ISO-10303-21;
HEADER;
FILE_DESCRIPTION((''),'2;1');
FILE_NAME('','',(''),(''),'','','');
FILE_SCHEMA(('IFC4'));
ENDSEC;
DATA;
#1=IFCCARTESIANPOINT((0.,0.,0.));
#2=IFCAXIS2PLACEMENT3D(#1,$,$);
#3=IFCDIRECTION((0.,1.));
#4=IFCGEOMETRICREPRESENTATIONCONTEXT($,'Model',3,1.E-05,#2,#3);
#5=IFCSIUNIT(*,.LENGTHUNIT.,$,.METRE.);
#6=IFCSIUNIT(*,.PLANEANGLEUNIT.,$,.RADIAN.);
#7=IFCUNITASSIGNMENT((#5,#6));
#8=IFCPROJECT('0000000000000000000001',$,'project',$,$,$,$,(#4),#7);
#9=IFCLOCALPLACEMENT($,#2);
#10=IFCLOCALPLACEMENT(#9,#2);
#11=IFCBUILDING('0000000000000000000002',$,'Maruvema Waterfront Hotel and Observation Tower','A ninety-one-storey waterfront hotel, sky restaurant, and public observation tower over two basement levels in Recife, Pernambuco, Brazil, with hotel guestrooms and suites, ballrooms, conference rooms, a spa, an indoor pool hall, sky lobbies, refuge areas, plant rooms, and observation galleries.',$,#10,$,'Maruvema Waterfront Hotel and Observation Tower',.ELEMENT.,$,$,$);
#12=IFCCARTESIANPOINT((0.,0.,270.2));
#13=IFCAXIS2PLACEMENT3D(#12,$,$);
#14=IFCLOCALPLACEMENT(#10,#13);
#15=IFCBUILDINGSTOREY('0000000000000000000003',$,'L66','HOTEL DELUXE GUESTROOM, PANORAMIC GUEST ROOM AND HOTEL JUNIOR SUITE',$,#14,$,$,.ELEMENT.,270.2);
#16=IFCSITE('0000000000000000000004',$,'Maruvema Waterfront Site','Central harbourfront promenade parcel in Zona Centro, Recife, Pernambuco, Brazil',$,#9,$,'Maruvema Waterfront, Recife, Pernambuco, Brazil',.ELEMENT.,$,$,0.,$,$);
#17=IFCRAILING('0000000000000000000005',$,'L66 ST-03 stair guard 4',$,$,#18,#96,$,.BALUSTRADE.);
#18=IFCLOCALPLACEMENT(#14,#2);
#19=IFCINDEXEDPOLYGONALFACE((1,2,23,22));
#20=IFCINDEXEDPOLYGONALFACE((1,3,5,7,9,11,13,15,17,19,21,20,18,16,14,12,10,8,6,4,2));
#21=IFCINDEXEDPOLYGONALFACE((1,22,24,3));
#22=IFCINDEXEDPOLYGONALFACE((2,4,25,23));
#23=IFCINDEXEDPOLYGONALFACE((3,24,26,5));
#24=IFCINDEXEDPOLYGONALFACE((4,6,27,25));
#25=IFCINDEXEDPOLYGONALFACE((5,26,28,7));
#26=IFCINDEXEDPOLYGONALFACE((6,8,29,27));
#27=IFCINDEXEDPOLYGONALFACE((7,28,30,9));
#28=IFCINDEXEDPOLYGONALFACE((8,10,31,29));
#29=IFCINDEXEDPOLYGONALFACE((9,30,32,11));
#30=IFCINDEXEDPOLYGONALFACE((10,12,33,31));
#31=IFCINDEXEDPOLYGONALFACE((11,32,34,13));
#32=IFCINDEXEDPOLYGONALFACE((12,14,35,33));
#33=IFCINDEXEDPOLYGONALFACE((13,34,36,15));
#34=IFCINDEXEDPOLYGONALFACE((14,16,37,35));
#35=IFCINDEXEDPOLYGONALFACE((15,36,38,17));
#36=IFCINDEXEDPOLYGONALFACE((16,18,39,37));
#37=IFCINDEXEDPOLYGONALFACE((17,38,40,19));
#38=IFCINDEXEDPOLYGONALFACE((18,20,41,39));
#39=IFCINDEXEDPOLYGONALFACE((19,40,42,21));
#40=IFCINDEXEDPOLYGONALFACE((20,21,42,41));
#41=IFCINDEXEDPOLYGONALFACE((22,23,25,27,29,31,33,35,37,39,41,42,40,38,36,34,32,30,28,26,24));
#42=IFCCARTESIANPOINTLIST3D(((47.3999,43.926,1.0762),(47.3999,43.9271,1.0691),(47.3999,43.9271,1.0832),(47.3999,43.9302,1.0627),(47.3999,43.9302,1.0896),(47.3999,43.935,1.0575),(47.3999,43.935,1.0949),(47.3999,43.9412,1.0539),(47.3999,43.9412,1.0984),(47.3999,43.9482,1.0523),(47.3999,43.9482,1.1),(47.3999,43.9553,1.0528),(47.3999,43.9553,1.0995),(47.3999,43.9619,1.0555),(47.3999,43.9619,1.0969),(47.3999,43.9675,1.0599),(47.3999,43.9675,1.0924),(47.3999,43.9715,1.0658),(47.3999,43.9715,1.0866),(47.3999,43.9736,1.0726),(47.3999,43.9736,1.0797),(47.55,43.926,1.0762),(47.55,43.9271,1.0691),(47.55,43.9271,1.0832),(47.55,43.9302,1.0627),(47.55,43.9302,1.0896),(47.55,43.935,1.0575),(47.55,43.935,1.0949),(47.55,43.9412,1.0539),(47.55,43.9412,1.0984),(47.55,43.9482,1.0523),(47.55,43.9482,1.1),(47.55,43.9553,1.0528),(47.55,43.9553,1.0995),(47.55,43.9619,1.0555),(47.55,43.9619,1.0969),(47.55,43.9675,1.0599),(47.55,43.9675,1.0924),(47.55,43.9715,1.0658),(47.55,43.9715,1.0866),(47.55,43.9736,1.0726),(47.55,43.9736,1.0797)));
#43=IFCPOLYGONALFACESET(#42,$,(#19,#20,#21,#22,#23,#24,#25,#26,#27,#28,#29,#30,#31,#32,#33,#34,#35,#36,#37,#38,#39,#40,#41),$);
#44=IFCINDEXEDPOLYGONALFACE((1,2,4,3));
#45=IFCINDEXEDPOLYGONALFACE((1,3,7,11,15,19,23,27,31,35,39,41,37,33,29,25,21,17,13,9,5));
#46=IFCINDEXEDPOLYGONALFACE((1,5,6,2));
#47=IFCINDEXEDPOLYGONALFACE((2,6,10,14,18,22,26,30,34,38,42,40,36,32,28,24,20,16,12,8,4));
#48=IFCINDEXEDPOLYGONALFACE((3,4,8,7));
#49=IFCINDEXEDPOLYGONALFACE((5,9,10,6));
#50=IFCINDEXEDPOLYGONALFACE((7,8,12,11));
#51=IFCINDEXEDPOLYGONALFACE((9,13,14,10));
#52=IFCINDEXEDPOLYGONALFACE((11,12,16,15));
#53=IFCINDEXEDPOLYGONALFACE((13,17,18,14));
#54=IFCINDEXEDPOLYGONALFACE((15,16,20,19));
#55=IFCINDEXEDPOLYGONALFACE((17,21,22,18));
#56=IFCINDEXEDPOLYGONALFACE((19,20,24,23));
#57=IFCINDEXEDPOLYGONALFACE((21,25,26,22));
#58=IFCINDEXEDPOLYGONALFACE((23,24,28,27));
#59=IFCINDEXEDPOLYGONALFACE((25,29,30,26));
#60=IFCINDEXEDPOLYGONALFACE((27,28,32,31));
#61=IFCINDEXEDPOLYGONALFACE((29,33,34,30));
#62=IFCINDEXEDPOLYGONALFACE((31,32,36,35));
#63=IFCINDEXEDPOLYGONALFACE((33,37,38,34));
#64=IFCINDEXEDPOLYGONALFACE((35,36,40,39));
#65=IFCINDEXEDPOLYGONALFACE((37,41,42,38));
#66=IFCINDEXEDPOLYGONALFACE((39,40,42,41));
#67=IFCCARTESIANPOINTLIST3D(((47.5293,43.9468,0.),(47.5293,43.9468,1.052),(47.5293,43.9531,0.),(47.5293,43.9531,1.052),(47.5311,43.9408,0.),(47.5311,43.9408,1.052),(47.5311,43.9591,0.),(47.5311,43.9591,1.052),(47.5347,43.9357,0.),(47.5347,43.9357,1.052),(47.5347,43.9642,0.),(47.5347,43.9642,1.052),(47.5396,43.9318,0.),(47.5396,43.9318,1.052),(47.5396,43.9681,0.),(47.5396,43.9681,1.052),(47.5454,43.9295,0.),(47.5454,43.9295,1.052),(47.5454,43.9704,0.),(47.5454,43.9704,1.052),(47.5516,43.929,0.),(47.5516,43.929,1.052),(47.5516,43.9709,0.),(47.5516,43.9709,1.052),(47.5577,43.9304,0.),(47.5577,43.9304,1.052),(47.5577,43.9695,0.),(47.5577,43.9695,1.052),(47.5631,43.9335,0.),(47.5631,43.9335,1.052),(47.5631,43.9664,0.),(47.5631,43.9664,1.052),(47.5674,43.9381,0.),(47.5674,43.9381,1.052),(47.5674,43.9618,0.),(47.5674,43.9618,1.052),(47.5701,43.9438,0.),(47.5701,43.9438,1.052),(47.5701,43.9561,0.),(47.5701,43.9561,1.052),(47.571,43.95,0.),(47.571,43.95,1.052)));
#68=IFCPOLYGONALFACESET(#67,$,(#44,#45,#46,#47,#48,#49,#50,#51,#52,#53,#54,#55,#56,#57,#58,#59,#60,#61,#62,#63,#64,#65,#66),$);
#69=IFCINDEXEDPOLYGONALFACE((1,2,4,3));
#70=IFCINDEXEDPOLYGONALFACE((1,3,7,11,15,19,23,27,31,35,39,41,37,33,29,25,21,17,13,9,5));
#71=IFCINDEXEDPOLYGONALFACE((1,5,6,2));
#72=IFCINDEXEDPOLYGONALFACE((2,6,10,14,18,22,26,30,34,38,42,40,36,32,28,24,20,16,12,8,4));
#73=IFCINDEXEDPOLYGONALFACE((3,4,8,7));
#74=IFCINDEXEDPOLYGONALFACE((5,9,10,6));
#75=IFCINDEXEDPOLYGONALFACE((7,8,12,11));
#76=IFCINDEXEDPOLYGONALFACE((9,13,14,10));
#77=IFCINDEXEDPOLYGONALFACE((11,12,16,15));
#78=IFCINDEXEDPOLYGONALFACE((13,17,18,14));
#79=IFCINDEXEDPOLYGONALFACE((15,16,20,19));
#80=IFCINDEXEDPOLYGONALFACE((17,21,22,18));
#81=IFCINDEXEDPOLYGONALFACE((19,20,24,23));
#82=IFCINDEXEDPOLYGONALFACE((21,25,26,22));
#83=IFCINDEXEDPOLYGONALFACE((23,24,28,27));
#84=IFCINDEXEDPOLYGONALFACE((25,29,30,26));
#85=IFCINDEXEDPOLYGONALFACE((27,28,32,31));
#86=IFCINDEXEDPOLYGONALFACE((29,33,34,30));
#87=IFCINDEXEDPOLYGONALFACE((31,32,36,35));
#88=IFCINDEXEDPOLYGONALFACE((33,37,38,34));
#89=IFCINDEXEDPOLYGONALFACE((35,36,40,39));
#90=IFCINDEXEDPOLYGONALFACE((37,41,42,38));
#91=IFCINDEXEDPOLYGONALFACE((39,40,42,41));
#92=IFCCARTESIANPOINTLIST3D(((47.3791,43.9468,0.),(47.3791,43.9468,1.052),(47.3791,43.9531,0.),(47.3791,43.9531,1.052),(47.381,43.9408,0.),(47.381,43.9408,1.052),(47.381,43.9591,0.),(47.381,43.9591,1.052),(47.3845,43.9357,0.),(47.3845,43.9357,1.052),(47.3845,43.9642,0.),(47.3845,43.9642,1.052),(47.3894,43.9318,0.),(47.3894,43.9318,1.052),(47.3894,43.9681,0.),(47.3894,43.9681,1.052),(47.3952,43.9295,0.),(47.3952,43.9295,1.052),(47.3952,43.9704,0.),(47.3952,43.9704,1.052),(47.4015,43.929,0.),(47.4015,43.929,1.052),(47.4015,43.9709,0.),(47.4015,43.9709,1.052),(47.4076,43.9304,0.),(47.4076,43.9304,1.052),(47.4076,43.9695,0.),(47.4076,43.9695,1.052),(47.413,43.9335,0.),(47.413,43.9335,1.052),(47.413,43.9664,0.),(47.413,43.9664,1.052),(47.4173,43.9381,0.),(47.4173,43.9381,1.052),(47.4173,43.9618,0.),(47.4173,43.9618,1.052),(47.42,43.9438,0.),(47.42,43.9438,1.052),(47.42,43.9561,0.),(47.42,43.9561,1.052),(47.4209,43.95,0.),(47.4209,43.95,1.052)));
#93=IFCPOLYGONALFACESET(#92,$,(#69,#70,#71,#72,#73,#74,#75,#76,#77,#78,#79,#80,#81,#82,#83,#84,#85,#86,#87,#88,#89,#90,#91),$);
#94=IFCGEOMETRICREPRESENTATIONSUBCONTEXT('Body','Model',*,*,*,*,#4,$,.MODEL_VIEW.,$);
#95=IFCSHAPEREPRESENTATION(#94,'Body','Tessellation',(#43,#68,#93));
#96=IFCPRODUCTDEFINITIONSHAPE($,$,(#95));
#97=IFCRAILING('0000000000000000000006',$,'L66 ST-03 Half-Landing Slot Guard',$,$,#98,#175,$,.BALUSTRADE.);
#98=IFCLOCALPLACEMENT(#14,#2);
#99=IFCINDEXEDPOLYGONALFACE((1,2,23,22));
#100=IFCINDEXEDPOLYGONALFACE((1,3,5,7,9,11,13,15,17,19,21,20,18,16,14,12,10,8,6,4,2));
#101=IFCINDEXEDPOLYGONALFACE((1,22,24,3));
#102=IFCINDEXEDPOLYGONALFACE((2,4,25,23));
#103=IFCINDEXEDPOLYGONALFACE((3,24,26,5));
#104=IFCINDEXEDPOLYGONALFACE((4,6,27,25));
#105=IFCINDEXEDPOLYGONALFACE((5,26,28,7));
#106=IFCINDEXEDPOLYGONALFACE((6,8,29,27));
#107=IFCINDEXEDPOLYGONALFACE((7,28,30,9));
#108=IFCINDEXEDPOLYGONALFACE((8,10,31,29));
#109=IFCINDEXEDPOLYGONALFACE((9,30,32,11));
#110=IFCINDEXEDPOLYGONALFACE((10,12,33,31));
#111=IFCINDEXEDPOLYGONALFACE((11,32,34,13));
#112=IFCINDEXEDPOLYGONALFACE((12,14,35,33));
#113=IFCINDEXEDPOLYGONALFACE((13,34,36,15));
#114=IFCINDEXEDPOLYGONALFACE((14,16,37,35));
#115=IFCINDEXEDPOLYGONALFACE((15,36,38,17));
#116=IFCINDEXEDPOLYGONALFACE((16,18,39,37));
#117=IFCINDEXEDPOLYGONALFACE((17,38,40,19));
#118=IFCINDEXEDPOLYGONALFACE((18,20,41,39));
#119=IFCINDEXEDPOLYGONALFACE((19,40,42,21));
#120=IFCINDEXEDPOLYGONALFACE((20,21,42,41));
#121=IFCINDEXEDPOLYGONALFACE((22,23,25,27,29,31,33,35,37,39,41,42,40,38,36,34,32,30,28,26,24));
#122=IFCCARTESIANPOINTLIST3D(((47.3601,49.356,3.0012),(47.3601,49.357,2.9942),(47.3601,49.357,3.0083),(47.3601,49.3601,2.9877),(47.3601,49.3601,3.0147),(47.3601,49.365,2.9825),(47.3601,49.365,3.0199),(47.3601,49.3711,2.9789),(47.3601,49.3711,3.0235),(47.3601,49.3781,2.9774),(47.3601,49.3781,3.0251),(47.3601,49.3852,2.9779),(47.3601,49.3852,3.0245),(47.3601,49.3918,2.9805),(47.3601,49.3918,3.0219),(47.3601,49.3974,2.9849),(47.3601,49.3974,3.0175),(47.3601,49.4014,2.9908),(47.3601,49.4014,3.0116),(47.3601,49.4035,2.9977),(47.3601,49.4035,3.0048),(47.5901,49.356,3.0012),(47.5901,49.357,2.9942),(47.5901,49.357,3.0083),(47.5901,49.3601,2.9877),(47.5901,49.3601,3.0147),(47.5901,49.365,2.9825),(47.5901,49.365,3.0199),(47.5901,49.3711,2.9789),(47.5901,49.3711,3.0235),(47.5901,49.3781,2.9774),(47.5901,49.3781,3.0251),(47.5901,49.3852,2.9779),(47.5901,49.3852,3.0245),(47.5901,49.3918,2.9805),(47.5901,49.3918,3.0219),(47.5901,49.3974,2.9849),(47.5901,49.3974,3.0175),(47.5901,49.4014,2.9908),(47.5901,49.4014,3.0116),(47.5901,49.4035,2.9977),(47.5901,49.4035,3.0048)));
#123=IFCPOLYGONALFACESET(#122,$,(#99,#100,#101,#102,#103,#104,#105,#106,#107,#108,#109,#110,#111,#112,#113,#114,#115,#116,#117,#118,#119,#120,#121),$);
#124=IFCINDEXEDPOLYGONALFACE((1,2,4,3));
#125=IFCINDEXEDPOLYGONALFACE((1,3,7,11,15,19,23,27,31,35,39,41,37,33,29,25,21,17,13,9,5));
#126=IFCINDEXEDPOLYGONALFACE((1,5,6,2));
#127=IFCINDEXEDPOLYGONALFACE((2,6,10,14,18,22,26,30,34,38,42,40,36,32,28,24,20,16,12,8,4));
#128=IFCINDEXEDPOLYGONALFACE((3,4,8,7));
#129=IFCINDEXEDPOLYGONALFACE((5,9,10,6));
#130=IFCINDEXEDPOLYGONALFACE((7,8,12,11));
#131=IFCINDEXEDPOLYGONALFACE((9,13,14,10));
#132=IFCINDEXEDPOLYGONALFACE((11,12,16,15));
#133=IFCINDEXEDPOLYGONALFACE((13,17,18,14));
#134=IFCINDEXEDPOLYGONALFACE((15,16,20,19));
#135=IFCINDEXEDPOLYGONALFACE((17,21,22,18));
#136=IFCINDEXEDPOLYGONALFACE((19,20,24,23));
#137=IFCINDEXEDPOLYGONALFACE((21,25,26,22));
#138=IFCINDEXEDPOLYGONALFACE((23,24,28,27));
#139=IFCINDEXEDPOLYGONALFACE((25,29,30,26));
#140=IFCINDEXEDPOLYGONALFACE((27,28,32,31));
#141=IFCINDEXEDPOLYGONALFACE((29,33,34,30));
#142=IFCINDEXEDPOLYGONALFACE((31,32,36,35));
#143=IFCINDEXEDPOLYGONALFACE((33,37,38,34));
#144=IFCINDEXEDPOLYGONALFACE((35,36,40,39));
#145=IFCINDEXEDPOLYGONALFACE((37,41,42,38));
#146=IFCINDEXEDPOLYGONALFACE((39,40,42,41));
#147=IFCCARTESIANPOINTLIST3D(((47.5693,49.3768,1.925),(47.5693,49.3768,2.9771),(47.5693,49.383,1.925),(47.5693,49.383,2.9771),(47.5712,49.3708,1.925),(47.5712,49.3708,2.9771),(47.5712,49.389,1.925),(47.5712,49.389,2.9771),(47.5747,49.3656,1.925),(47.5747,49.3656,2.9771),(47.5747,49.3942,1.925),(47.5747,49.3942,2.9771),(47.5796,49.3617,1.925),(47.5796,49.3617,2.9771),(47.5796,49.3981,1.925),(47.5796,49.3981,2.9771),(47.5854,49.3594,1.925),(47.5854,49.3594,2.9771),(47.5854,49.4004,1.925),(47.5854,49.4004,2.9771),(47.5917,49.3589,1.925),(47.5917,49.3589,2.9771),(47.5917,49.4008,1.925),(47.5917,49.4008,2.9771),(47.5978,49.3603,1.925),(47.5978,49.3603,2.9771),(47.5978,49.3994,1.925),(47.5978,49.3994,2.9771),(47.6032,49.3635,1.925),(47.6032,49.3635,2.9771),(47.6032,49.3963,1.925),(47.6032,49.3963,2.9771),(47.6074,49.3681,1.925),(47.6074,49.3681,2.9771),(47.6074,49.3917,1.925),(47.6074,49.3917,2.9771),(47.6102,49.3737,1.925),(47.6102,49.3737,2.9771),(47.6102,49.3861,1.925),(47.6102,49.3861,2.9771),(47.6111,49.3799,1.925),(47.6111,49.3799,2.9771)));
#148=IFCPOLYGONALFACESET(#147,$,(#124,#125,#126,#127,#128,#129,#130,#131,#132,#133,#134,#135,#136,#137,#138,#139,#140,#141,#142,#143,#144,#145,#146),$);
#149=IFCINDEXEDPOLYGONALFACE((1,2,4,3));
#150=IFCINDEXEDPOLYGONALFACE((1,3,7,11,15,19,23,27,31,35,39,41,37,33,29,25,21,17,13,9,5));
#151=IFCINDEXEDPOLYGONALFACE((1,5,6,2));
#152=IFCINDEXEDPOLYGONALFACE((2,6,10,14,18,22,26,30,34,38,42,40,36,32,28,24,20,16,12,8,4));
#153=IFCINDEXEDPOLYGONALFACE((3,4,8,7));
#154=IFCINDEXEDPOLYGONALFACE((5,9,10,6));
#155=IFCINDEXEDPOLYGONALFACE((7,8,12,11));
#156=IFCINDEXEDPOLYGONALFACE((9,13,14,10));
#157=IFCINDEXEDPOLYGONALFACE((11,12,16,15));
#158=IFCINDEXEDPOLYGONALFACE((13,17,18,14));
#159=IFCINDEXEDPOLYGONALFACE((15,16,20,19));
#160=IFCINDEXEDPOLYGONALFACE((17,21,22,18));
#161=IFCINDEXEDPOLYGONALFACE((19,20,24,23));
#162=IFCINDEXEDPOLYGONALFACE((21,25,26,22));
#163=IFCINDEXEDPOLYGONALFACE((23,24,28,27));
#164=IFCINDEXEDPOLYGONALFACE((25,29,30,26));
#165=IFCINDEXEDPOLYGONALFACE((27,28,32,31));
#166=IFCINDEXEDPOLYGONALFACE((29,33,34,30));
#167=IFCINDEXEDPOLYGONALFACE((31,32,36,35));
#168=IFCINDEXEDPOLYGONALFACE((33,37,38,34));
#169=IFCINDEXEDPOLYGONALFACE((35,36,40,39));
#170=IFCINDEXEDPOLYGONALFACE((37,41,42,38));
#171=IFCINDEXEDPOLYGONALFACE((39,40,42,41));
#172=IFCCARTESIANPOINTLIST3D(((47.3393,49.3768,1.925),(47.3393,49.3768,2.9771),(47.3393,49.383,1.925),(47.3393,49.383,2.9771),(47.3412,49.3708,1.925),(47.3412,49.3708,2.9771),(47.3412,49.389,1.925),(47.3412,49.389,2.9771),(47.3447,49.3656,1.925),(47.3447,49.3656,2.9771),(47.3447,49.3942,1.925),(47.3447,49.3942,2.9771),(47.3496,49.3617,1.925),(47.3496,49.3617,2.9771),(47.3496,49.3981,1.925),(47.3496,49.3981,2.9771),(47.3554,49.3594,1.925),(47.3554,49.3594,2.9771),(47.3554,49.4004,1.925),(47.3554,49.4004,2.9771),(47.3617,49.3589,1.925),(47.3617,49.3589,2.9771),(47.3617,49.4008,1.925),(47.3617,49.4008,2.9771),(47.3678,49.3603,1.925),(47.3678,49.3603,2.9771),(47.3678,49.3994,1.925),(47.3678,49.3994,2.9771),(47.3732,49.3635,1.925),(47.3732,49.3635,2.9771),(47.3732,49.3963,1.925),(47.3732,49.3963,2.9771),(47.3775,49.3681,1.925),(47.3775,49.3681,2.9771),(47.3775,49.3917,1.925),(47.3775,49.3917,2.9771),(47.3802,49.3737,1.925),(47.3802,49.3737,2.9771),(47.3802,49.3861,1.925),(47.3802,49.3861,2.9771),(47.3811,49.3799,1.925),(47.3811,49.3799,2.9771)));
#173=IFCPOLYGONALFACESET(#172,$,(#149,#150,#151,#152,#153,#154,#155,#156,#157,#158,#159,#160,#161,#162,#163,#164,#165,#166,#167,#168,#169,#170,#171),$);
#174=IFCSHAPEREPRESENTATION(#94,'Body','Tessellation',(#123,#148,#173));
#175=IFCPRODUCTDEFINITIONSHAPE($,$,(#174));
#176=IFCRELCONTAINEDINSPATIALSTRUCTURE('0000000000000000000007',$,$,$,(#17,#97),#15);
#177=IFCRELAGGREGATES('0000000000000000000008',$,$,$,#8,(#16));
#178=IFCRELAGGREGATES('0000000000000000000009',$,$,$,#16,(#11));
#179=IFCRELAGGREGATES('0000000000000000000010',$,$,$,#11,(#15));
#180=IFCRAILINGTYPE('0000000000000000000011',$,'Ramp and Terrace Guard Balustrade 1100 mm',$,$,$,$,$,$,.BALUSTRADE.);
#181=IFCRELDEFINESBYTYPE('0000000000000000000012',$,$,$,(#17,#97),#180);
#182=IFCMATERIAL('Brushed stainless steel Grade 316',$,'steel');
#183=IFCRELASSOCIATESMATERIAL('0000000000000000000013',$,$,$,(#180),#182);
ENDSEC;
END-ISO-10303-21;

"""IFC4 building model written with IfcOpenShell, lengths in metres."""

from ifc_helpers import new_model, si_unit, direction, frame, origin, origin_2d, place, context, subcontext, project, spatial, circle, extrude, material, type_object, element, save


model = new_model("IFC4")

# Units and contexts
model_context = context("Model", 3, precision=1e-05, world=origin(), true_north=direction((0.0, 1.0)))
body_context = subcontext(model_context, "Body", "Model", "MODEL_VIEW")
ifc_project = project(units=[si_unit("LENGTHUNIT", "METRE"), si_unit("PLANEANGLEUNIT", "RADIAN")], contexts=[model_context])

# Site, building, storey
site_placement = place(None, origin())
site = spatial("IfcSite", under=ifc_project, at=site_placement, Name="Maruvema Waterfront Site", Description="Central harbourfront promenade parcel in Zona Centro, Recife, Pernambuco, Brazil", LongName="Maruvema Waterfront, Recife, Pernambuco, Brazil", CompositionType="ELEMENT", RefElevation=0.0)
building_placement = place(site_placement, origin())
building = spatial("IfcBuilding", under=site, at=building_placement, Name="Maruvema Waterfront Hotel and Observation Tower", Description="A ninety-one-storey waterfront hotel, sky restaurant, and public observation tower over two basement levels in Recife, Pernambuco, Brazil, with hotel guestrooms and suites, ballrooms, conference rooms, a spa, an indoor pool hall, sky lobbies, refuge areas, plant rooms, and observation galleries.", LongName="Maruvema Waterfront Hotel and Observation Tower", CompositionType="ELEMENT")
storey_placement = place(building_placement, frame((0.0, 0.0, 270.2)))
storey = spatial("IfcBuildingStorey", under=building, at=storey_placement, Name="L66", Description="HOTEL DELUXE GUESTROOM, PANORAMIC GUEST ROOM AND HOTEL JUNIOR SUITE", CompositionType="ELEMENT", Elevation=270.2)

# Railings
ifc_material_1 = material(Name="Brushed stainless steel Grade 316", Category="steel")
railing_type_1 = type_object("IfcRailingType", Name="Ramp and Terrace Guard Balustrade 1100 mm", PredefinedType="BALUSTRADE", material=ifc_material_1)
for number, where, name in (
    (1, (47.55, 43.95, 0.0), "L66 ST-03 stair guard 4"),
):
    element("IfcRailing", number, at=place(storey_placement, frame(where)), inside=storey, type_object=railing_type_1, Name=name, PredefinedType="BALUSTRADE", context=body_context, shape_type="SweptSolid", body=[
        extrude(circle(Radius=0.0239, at=origin_2d()), frame((0.0, 0.0, 1.0762), z_axis=(-1.0, 0.0, 0.0), x_axis=(0.0, -1.0, 0.0)), (0.0, 0.0, 1.0), 0.1501),
        extrude(circle(Radius=0.021, at=origin_2d()), origin(), (0.0, 0.0, 1.0), 1.052),
        extrude(circle(Radius=0.021, at=origin_2d()), frame((-0.1501, 0.0, 0.0)), (0.0, 0.0, 1.0), 1.052),
    ])
railing_1_placement = place(storey_placement, frame((47.5901, 49.3799, 1.925)))
element("IfcRailing", 2, at=railing_1_placement, inside=storey, type_object=railing_type_1, Name="L66 ST-03 Half-Landing Slot Guard", PredefinedType="BALUSTRADE", context=body_context, shape_type="SweptSolid", body=[
    extrude(circle(Radius=0.0239, at=origin_2d()), frame((0.0, 0.0, 1.0762), z_axis=(-1.0, 0.0, 0.0), x_axis=(0.0, -1.0, 0.0)), (0.0, 0.0, 1.0), 0.23),
    extrude(circle(Radius=0.021, at=origin_2d()), origin(), (0.0, 0.0, 1.0), 1.052),
    extrude(circle(Radius=0.021, at=origin_2d()), frame((-0.23, 0.0, 0.0)), (0.0, 0.0, 1.0), 1.052),
])

save(model, "model.ifc")
